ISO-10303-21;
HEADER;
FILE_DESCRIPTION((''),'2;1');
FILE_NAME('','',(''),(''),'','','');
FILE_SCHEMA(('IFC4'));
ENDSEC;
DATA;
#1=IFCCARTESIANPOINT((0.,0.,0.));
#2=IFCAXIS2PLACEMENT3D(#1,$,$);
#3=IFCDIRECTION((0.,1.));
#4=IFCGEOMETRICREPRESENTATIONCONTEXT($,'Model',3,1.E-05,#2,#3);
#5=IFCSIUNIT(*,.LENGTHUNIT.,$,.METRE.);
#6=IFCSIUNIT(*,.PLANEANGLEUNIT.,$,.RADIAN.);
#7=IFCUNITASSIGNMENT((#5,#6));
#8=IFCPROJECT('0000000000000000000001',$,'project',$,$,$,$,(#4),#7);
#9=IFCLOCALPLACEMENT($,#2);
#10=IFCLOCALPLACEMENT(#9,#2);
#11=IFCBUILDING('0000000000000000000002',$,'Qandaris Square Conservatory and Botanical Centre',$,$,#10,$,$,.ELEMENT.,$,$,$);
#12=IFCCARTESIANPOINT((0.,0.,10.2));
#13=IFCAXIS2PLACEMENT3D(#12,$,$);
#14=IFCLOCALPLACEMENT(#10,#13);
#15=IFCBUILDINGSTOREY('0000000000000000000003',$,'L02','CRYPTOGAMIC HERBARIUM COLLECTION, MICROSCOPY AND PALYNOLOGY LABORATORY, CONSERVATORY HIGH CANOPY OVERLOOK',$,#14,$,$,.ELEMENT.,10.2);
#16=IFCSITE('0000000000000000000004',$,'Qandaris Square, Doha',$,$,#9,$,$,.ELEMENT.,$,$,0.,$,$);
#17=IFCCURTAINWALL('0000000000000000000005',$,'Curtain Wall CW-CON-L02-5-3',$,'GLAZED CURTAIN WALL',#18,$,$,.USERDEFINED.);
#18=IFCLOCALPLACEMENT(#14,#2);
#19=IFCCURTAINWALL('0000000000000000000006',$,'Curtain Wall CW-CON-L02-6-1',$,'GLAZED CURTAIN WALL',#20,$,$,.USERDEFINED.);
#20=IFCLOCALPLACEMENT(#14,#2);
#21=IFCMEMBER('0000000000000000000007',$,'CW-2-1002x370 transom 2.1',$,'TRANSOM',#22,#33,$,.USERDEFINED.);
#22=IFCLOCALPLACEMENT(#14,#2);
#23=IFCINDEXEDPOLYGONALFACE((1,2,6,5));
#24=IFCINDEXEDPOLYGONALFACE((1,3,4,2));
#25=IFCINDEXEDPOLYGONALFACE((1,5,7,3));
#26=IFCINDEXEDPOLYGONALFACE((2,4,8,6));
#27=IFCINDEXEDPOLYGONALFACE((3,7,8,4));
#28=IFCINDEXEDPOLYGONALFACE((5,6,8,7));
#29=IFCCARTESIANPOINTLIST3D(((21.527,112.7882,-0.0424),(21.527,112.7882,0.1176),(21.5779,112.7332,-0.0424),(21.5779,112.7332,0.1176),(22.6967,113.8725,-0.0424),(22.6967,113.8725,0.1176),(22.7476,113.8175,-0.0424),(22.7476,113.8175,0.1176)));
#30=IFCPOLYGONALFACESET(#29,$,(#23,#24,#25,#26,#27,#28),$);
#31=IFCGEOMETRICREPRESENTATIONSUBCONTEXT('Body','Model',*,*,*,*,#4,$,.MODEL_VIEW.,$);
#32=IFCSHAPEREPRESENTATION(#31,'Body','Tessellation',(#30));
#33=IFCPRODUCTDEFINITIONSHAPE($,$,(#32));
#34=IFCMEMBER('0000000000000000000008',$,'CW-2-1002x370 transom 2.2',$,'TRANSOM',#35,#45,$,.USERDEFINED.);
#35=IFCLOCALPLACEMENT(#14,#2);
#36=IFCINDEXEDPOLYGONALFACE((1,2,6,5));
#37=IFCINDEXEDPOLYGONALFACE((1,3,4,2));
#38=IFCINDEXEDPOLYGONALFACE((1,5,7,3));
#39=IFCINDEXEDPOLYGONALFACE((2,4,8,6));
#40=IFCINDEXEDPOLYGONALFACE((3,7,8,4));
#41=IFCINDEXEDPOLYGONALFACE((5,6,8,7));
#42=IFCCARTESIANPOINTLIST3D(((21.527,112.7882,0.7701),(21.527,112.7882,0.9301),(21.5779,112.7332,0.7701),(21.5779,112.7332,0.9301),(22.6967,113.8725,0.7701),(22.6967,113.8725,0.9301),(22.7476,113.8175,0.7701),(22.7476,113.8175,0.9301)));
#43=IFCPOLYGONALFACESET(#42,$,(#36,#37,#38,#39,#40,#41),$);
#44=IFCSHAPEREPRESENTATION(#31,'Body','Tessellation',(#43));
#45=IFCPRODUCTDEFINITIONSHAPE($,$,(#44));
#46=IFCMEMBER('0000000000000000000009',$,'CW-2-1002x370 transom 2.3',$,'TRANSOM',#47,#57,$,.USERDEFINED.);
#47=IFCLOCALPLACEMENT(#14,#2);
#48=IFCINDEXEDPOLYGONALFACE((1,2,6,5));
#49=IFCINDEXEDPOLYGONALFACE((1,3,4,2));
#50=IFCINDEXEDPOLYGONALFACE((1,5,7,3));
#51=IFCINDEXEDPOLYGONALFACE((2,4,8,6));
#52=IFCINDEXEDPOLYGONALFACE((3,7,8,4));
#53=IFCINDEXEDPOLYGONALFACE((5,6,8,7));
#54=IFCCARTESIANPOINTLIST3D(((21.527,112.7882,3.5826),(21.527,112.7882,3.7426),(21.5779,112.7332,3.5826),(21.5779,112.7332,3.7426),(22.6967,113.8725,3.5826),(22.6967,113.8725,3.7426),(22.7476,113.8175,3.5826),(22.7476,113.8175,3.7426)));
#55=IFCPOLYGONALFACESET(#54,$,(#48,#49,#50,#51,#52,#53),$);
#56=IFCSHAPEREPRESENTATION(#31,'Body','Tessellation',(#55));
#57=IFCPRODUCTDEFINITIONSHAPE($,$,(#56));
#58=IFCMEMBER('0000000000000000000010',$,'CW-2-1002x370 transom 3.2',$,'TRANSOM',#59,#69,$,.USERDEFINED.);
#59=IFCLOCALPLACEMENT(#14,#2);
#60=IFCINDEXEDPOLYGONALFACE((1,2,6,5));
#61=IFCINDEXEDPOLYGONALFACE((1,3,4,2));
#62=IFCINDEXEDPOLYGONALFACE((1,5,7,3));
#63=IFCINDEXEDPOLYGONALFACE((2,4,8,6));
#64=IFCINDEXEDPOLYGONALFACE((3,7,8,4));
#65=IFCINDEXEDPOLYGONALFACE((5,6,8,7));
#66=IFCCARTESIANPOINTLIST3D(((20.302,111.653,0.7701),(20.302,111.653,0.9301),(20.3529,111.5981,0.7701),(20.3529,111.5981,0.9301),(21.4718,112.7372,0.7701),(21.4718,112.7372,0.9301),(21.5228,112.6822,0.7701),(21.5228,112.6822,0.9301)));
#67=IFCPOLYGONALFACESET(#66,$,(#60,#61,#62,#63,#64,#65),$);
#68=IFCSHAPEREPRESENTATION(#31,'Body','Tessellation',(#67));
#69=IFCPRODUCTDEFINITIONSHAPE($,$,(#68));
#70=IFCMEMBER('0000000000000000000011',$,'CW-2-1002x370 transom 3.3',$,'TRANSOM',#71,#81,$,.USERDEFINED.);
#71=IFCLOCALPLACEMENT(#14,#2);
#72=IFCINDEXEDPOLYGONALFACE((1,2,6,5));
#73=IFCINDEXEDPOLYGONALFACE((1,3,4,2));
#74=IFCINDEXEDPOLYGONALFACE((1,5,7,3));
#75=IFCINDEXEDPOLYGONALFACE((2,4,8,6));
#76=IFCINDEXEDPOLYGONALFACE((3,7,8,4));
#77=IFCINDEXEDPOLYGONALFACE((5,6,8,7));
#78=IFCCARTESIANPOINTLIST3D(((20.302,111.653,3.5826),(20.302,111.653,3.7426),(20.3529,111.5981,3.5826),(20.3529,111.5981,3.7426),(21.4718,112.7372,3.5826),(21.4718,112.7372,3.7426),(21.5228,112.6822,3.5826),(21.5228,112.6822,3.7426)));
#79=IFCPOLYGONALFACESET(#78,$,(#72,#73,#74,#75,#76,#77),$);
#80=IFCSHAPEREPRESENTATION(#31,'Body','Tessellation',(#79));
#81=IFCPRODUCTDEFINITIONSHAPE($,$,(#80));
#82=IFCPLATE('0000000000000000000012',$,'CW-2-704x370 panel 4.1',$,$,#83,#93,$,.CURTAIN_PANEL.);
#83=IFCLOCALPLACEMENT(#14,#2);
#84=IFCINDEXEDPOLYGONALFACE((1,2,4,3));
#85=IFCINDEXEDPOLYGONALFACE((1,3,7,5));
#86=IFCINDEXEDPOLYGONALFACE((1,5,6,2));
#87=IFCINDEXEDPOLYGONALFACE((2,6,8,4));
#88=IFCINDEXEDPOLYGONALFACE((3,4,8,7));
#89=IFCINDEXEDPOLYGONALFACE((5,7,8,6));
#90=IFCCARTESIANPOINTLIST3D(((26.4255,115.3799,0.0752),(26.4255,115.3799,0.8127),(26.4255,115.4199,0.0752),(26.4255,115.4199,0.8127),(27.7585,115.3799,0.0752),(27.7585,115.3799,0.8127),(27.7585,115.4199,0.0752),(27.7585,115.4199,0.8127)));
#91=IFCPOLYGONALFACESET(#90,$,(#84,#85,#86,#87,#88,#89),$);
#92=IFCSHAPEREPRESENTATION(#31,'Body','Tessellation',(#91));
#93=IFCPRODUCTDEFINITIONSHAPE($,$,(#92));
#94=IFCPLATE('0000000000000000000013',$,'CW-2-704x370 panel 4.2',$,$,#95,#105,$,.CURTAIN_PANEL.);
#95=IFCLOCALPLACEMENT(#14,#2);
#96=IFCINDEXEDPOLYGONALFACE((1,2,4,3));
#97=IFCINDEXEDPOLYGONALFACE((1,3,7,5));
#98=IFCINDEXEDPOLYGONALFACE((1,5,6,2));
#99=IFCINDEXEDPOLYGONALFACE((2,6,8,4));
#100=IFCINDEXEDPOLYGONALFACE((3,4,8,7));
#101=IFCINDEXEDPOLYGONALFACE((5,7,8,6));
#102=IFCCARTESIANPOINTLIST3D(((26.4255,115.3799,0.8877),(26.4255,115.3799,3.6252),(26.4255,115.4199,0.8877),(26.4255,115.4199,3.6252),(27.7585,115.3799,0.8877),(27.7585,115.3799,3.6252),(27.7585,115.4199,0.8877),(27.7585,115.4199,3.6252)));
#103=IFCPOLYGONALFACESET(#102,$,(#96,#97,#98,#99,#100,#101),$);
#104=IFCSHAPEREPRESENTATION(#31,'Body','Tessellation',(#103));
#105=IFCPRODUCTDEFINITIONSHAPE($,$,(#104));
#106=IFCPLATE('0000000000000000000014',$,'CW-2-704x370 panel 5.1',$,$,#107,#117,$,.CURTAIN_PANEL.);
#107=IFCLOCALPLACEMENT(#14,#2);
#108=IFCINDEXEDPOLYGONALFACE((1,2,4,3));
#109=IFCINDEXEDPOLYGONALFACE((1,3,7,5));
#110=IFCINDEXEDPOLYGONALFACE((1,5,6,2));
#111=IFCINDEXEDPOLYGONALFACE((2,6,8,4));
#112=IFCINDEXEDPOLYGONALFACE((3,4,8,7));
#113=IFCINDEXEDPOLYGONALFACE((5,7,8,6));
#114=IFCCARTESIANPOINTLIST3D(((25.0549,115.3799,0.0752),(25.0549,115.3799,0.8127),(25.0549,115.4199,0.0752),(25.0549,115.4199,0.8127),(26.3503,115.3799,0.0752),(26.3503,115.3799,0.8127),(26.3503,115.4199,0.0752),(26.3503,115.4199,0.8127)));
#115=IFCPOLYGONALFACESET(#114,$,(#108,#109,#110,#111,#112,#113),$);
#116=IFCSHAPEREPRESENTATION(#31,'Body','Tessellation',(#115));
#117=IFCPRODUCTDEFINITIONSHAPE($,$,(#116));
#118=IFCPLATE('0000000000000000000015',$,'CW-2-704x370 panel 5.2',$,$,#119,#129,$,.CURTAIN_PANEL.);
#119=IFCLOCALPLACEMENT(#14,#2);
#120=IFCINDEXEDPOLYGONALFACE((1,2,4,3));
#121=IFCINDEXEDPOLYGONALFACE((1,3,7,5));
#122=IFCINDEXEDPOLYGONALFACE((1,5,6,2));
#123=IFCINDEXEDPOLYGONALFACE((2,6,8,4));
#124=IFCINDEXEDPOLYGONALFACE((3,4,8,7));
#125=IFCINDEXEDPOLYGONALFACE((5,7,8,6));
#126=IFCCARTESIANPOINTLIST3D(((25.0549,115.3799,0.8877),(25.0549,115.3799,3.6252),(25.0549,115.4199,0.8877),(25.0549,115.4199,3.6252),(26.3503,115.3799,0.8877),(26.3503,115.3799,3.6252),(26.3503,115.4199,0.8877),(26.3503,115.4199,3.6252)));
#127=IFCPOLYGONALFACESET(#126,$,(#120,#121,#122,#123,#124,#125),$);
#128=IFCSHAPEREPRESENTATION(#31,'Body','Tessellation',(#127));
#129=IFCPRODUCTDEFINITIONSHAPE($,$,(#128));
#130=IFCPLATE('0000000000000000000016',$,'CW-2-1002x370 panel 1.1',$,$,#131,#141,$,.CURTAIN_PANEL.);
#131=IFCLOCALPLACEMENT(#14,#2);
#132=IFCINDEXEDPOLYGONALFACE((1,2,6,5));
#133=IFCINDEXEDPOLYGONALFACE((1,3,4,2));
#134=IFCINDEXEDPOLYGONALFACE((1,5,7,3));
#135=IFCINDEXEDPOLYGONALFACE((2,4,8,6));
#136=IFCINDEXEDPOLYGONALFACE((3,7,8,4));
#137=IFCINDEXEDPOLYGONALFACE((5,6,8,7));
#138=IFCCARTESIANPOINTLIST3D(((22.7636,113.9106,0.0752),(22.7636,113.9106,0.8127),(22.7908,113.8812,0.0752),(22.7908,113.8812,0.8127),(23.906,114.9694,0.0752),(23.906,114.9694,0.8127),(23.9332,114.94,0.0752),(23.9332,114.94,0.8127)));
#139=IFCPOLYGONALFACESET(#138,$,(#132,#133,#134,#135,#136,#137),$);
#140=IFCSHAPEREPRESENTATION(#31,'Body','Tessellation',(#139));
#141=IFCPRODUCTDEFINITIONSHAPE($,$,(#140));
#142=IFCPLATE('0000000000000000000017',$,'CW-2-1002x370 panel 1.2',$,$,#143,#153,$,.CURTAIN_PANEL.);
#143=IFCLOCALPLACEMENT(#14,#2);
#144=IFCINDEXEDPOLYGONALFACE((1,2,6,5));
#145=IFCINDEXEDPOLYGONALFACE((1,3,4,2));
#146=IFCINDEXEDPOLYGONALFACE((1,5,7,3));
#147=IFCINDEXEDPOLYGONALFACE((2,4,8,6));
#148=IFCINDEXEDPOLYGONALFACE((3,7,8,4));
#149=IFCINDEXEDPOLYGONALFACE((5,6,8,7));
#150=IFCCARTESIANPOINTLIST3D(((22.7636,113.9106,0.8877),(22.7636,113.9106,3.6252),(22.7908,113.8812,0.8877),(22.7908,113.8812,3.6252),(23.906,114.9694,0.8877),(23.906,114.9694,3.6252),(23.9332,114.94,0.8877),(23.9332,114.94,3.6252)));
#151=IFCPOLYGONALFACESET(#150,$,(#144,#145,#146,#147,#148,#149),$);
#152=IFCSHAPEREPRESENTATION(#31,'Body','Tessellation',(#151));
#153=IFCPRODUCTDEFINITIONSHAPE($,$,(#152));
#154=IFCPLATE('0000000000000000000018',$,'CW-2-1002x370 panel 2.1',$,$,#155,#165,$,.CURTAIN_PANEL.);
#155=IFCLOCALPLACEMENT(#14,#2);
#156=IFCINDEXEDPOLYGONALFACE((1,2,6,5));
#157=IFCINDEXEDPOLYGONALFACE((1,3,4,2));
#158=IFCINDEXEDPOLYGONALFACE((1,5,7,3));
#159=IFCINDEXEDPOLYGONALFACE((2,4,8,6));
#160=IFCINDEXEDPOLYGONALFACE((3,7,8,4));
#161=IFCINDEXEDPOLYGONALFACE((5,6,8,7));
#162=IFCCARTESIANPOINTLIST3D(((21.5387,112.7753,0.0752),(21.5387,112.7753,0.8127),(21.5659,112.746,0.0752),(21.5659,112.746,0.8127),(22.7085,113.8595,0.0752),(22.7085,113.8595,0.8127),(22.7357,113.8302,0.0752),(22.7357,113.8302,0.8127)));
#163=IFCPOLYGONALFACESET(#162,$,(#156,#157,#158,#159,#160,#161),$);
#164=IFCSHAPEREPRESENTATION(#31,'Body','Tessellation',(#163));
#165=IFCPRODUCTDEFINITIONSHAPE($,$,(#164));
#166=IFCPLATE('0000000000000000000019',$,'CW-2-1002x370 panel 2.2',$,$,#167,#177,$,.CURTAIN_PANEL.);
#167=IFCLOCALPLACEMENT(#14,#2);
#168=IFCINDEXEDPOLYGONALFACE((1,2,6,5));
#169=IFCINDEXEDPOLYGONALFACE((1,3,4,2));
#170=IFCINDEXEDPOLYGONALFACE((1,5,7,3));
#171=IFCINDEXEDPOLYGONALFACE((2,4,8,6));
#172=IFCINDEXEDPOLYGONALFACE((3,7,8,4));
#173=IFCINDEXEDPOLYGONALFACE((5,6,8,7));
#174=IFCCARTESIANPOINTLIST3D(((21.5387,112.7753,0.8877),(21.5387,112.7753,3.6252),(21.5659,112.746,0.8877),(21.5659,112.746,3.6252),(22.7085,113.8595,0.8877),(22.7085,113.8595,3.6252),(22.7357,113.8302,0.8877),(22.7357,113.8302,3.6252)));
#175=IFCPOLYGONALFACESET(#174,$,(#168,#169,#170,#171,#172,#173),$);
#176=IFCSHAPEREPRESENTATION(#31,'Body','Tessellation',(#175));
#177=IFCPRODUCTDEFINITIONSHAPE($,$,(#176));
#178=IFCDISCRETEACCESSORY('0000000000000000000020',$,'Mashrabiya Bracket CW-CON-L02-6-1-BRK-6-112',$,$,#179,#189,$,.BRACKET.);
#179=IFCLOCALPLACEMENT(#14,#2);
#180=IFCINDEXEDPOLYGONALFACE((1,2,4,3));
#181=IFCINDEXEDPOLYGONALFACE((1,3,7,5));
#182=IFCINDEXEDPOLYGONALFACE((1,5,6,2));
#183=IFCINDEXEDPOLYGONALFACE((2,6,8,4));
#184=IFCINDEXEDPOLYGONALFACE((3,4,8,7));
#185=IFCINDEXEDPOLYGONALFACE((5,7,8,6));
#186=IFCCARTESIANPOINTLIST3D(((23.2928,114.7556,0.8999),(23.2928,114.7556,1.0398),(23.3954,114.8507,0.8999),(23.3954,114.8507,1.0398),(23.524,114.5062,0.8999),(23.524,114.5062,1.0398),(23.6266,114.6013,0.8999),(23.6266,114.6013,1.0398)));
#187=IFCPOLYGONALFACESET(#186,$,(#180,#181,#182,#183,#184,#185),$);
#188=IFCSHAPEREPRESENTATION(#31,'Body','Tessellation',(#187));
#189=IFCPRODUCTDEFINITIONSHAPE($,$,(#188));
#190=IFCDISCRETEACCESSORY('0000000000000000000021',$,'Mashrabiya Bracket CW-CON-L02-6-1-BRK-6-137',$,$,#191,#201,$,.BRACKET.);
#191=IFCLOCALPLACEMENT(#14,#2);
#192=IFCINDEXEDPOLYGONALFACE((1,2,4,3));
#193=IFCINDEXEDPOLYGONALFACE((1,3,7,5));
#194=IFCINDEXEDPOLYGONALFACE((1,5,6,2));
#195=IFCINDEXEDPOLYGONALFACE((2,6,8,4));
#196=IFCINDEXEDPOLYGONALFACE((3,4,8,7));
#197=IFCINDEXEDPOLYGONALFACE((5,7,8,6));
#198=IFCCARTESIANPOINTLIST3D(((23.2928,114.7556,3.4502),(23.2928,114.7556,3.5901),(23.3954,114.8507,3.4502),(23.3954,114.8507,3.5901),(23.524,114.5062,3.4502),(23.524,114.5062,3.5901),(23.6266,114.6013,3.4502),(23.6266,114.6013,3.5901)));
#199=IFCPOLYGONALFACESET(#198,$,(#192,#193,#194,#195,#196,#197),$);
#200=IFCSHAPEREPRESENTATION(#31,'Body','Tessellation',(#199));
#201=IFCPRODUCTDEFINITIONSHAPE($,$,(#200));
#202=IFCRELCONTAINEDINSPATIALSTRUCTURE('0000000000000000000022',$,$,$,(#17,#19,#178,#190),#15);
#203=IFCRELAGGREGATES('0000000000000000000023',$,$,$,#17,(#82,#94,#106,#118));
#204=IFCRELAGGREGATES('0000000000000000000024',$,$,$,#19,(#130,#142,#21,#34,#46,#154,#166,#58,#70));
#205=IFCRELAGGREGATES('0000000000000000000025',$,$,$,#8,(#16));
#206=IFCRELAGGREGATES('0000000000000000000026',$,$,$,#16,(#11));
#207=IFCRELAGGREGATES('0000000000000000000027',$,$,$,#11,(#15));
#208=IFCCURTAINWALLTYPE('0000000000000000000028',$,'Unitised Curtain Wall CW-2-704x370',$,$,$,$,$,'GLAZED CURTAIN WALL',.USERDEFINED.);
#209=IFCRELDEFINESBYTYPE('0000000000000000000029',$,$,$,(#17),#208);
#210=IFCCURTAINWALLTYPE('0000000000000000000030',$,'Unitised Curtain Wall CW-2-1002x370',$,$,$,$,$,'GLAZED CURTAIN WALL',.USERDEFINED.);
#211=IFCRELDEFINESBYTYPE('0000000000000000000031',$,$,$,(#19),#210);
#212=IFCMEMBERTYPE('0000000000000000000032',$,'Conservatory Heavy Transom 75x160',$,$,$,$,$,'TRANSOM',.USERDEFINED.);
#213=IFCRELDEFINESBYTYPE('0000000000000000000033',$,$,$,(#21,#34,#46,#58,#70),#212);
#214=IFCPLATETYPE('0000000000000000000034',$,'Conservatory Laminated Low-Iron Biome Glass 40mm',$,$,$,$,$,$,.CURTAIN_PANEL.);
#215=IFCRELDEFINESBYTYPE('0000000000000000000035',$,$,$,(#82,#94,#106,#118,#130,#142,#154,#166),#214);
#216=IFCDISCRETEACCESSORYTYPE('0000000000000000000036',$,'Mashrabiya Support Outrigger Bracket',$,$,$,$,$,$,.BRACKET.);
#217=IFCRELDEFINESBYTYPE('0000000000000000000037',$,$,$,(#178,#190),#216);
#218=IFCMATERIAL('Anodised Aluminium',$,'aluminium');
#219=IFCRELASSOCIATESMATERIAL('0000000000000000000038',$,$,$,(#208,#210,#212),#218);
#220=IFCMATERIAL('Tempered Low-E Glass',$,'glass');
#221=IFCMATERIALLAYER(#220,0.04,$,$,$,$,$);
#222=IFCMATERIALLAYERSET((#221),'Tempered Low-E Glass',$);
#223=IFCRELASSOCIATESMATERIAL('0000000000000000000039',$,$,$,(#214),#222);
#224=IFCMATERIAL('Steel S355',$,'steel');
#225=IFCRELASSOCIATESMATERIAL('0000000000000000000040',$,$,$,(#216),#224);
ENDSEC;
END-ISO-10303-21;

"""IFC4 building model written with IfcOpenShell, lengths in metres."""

from ifc_helpers import new_model, si_unit, direction, frame, origin, origin_2d, place, context, subcontext, project, spatial, rectangle, extrude, material, layer, layer_set, material_profile, profile_set, type_object, element, aggregate, save


model = new_model("IFC4")

# Units and contexts
model_context = context("Model", 3, precision=1e-05, world=origin(), true_north=direction((0.0, 1.0)))
body_context = subcontext(model_context, "Body", "Model", "MODEL_VIEW")
ifc_project = project(units=[si_unit("LENGTHUNIT", "METRE"), si_unit("PLANEANGLEUNIT", "RADIAN")], contexts=[model_context])

# Site, building, storey
site_placement = place(None, origin())
site = spatial("IfcSite", under=ifc_project, at=site_placement, Name="Qandaris Square, Doha", CompositionType="ELEMENT", RefElevation=0.0)
building_placement = place(site_placement, origin())
building = spatial("IfcBuilding", under=site, at=building_placement, Name="Qandaris Square Conservatory and Botanical Centre", CompositionType="ELEMENT")
storey_placement = place(building_placement, frame((0.0, 0.0, 10.2)))
storey = spatial("IfcBuildingStorey", under=building, at=storey_placement, Name="L02", Description="CRYPTOGAMIC HERBARIUM COLLECTION, MICROSCOPY AND PALYNOLOGY LABORATORY, CONSERVATORY HIGH CANOPY OVERLOOK", CompositionType="ELEMENT", Elevation=10.2)

# Curtain walls
ifc_material_1 = material(Name="Anodised Aluminium", Category="aluminium")
curtain_wall_type_1 = type_object("IfcCurtainWallType", Name="Unitised Curtain Wall CW-2-704x370", ElementType="GLAZED CURTAIN WALL", PredefinedType="USERDEFINED", material=ifc_material_1)
curtain_wall_1_placement = place(storey_placement, origin())
curtain_wall_1 = element("IfcCurtainWall", 1, at=curtain_wall_1_placement, inside=storey, type_object=curtain_wall_type_1, Name="Curtain Wall CW-CON-L02-5-3", ObjectType="GLAZED CURTAIN WALL", PredefinedType="USERDEFINED")
curtain_wall_type_2 = type_object("IfcCurtainWallType", Name="Unitised Curtain Wall CW-2-1002x370", ElementType="GLAZED CURTAIN WALL", PredefinedType="USERDEFINED", material=ifc_material_1)
curtain_wall_2_placement = place(storey_placement, origin())
curtain_wall_2 = element("IfcCurtainWall", 2, at=curtain_wall_2_placement, inside=storey, type_object=curtain_wall_type_2, Name="Curtain Wall CW-CON-L02-6-1", ObjectType="GLAZED CURTAIN WALL", PredefinedType="USERDEFINED")

# Members
ifc_material_profile_1 = material_profile(ifc_material_1, rectangle(XDim=0.075, YDim=0.1599, at=origin_2d()), Name="ALU-TRN 75x160")
ifc_profile_set_1 = profile_set([ifc_material_profile_1], Name="Anodised Aluminium")
member_type_1 = type_object("IfcMemberType", Name="Conservatory Heavy Transom 75x160", ElementType="TRANSOM", PredefinedType="USERDEFINED", material=ifc_profile_set_1)
member_1_placement = place(storey_placement, frame((22.7222, 113.845, 0.0376), z_axis=(-0.733387, -0.679811, 0.0), x_axis=(0.679811, -0.733387, 0.0)))
member_1 = element("IfcMember", 3, at=member_1_placement, type_object=member_type_1, Name="CW-2-1002x370 transom 2.1", ObjectType="TRANSOM", PredefinedType="USERDEFINED", context=body_context, shape_type="SweptSolid", body=[
    extrude(rectangle(XDim=0.075, YDim=0.1599, at=origin_2d()), origin(), (0.0, 0.0, 1.0), 1.595),
])
member_2_placement = place(storey_placement, frame((22.7222, 113.845, 0.8501), z_axis=(-0.733387, -0.679811, 0.0), x_axis=(0.679811, -0.733387, 0.0)))
member_2 = element("IfcMember", 4, at=member_2_placement, type_object=member_type_1, Name="CW-2-1002x370 transom 2.2", ObjectType="TRANSOM", PredefinedType="USERDEFINED", context=body_context, shape_type="SweptSolid", body=[
    extrude(rectangle(XDim=0.075, YDim=0.1599, at=origin_2d()), origin(), (0.0, 0.0, 1.0), 1.595),
])
member_3_placement = place(storey_placement, frame((22.7222, 113.845, 3.6626), z_axis=(-0.733387, -0.679811, 0.0), x_axis=(0.679811, -0.733387, 0.0)))
member_3 = element("IfcMember", 5, at=member_3_placement, type_object=member_type_1, Name="CW-2-1002x370 transom 2.3", ObjectType="TRANSOM", PredefinedType="USERDEFINED", context=body_context, shape_type="SweptSolid", body=[
    extrude(rectangle(XDim=0.075, YDim=0.1599, at=origin_2d()), origin(), (0.0, 0.0, 1.0), 1.595),
])
member_4_placement = place(storey_placement, frame((21.4973, 112.7097, 0.8501), z_axis=(-0.733458, -0.679735, 0.0), x_axis=(0.679735, -0.733458, 0.0)))
member_4 = element("IfcMember", 6, at=member_4_placement, type_object=member_type_1, Name="CW-2-1002x370 transom 3.2", ObjectType="TRANSOM", PredefinedType="USERDEFINED", context=body_context, shape_type="SweptSolid", body=[
    extrude(rectangle(XDim=0.075, YDim=0.1599, at=origin_2d()), origin(), (0.0, 0.0, 1.0), 1.595),
])
member_5_placement = place(storey_placement, frame((21.4973, 112.7097, 3.6626), z_axis=(-0.733458, -0.679735, 0.0), x_axis=(0.679735, -0.733458, 0.0)))
member_5 = element("IfcMember", 7, at=member_5_placement, type_object=member_type_1, Name="CW-2-1002x370 transom 3.3", ObjectType="TRANSOM", PredefinedType="USERDEFINED", context=body_context, shape_type="SweptSolid", body=[
    extrude(rectangle(XDim=0.075, YDim=0.1599, at=origin_2d()), origin(), (0.0, 0.0, 1.0), 1.595),
])

# Plates
ifc_material_2 = material(Name="Tempered Low-E Glass", Category="glass")
ifc_layer = layer(ifc_material_2, 0.04)
ifc_layer_set = layer_set([ifc_layer], Name="Tempered Low-E Glass")
plate_type = type_object("IfcPlateType", Name="Conservatory Laminated Low-Iron Biome Glass 40mm", PredefinedType="CURTAIN_PANEL", material=ifc_layer_set)
plate_1_placement = place(storey_placement, frame((27.092, 115.3999, 0.0752), z_axis=(0.0, 0.0, 1.0), x_axis=(-1.0, 0.0, 0.0)))
plate_1 = element("IfcPlate", 8, at=plate_1_placement, type_object=plate_type, Name="CW-2-704x370 panel 4.1", PredefinedType="CURTAIN_PANEL", context=body_context, shape_type="SweptSolid", body=[
    extrude(rectangle(XDim=1.333, YDim=0.04, at=origin_2d()), origin(), (0.0, 0.0, 1.0), 0.7375),
])
plate_2_placement = place(storey_placement, frame((27.092, 115.3999, 0.8877), z_axis=(0.0, 0.0, 1.0), x_axis=(-1.0, 0.0, 0.0)))
plate_2 = element("IfcPlate", 9, at=plate_2_placement, type_object=plate_type, Name="CW-2-704x370 panel 4.2", PredefinedType="CURTAIN_PANEL", context=body_context, shape_type="SweptSolid", body=[
    extrude(rectangle(XDim=1.333, YDim=0.04, at=origin_2d()), origin(), (0.0, 0.0, 1.0), 2.7375),
])
plate_3_placement = place(storey_placement, frame((25.7026, 115.3999, 0.0752), z_axis=(0.0, 0.0, 1.0), x_axis=(-1.0, 0.0, 0.0)))
plate_3 = element("IfcPlate", 10, at=plate_3_placement, type_object=plate_type, Name="CW-2-704x370 panel 5.1", PredefinedType="CURTAIN_PANEL", context=body_context, shape_type="SweptSolid", body=[
    extrude(rectangle(XDim=1.2954, YDim=0.04, at=origin_2d()), origin(), (0.0, 0.0, 1.0), 0.7375),
])
plate_4_placement = place(storey_placement, frame((25.7026, 115.3999, 0.8877), z_axis=(0.0, 0.0, 1.0), x_axis=(-1.0, 0.0, 0.0)))
plate_4 = element("IfcPlate", 11, at=plate_4_placement, type_object=plate_type, Name="CW-2-704x370 panel 5.2", PredefinedType="CURTAIN_PANEL", context=body_context, shape_type="SweptSolid", body=[
    extrude(rectangle(XDim=1.2954, YDim=0.04, at=origin_2d()), origin(), (0.0, 0.0, 1.0), 2.7375),
])
aggregate(curtain_wall_1, [plate_1, plate_2, plate_3, plate_4])
plate_5_placement = place(storey_placement, frame((23.3484, 114.4253, 0.0752), z_axis=(0.0, 0.0, 1.0), x_axis=(-0.733433, -0.679762, 0.0)))
plate_5 = element("IfcPlate", 12, at=plate_5_placement, type_object=plate_type, Name="CW-2-1002x370 panel 1.1", PredefinedType="CURTAIN_PANEL", context=body_context, shape_type="SweptSolid", body=[
    extrude(rectangle(XDim=1.5576, YDim=0.04, at=origin_2d()), origin(), (0.0, 0.0, 1.0), 0.7375),
])
plate_6_placement = place(storey_placement, frame((23.3484, 114.4253, 0.8877), z_axis=(0.0, 0.0, 1.0), x_axis=(-0.733433, -0.679762, 0.0)))
plate_6 = element("IfcPlate", 13, at=plate_6_placement, type_object=plate_type, Name="CW-2-1002x370 panel 1.2", PredefinedType="CURTAIN_PANEL", context=body_context, shape_type="SweptSolid", body=[
    extrude(rectangle(XDim=1.5576, YDim=0.04, at=origin_2d()), origin(), (0.0, 0.0, 1.0), 2.7375),
])
plate_7_placement = place(storey_placement, frame((22.1372, 113.3027, 0.0752), z_axis=(0.0, 0.0, 1.0), x_axis=(-0.733433, -0.679762, 0.0)))
plate_7 = element("IfcPlate", 14, at=plate_7_placement, type_object=plate_type, Name="CW-2-1002x370 panel 2.1", PredefinedType="CURTAIN_PANEL", context=body_context, shape_type="SweptSolid", body=[
    extrude(rectangle(XDim=1.595, YDim=0.04, at=origin_2d()), origin(), (0.0, 0.0, 1.0), 0.7375),
])
plate_8_placement = place(storey_placement, frame((22.1372, 113.3027, 0.8877), z_axis=(0.0, 0.0, 1.0), x_axis=(-0.733433, -0.679762, 0.0)))
plate_8 = element("IfcPlate", 15, at=plate_8_placement, type_object=plate_type, Name="CW-2-1002x370 panel 2.2", PredefinedType="CURTAIN_PANEL", context=body_context, shape_type="SweptSolid", body=[
    extrude(rectangle(XDim=1.595, YDim=0.04, at=origin_2d()), origin(), (0.0, 0.0, 1.0), 2.7375),
])
aggregate(curtain_wall_2, [plate_5, plate_6, member_1, member_2, member_3, plate_7, plate_8, member_4, member_5])

# Discrete accessories
ifc_material_3 = material(Name="Steel S355", Category="steel")
discrete_accessory_type = type_object("IfcDiscreteAccessoryType", Name="Mashrabiya Support Outrigger Bracket", PredefinedType="BRACKET", material=ifc_material_3)
for number, where, z_axis, x_axis, name in (
    (16, (23.4597, 114.6785, 0.8999), (0.0, 0.0, 1.0), (-0.733433, -0.679762, 0.0), "Mashrabiya Bracket CW-CON-L02-6-1-BRK-6-112"),
    (17, (23.4597, 114.6785, 3.4502), (0.0, 0.0, 1.0), (-0.733433, -0.679762, 0.0), "Mashrabiya Bracket CW-CON-L02-6-1-BRK-6-137"),
):
    element("IfcDiscreteAccessory", number, at=place(storey_placement, frame(where, z_axis=z_axis, x_axis=x_axis)), inside=storey, type_object=discrete_accessory_type, Name=name, PredefinedType="BRACKET", context=body_context, shape_type="SweptSolid", body=[
        extrude(rectangle(XDim=0.1399, YDim=0.3401, at=origin_2d()), origin(), (0.0, 0.0, 1.0), 0.1399),
    ])

save(model, "model.ifc")
